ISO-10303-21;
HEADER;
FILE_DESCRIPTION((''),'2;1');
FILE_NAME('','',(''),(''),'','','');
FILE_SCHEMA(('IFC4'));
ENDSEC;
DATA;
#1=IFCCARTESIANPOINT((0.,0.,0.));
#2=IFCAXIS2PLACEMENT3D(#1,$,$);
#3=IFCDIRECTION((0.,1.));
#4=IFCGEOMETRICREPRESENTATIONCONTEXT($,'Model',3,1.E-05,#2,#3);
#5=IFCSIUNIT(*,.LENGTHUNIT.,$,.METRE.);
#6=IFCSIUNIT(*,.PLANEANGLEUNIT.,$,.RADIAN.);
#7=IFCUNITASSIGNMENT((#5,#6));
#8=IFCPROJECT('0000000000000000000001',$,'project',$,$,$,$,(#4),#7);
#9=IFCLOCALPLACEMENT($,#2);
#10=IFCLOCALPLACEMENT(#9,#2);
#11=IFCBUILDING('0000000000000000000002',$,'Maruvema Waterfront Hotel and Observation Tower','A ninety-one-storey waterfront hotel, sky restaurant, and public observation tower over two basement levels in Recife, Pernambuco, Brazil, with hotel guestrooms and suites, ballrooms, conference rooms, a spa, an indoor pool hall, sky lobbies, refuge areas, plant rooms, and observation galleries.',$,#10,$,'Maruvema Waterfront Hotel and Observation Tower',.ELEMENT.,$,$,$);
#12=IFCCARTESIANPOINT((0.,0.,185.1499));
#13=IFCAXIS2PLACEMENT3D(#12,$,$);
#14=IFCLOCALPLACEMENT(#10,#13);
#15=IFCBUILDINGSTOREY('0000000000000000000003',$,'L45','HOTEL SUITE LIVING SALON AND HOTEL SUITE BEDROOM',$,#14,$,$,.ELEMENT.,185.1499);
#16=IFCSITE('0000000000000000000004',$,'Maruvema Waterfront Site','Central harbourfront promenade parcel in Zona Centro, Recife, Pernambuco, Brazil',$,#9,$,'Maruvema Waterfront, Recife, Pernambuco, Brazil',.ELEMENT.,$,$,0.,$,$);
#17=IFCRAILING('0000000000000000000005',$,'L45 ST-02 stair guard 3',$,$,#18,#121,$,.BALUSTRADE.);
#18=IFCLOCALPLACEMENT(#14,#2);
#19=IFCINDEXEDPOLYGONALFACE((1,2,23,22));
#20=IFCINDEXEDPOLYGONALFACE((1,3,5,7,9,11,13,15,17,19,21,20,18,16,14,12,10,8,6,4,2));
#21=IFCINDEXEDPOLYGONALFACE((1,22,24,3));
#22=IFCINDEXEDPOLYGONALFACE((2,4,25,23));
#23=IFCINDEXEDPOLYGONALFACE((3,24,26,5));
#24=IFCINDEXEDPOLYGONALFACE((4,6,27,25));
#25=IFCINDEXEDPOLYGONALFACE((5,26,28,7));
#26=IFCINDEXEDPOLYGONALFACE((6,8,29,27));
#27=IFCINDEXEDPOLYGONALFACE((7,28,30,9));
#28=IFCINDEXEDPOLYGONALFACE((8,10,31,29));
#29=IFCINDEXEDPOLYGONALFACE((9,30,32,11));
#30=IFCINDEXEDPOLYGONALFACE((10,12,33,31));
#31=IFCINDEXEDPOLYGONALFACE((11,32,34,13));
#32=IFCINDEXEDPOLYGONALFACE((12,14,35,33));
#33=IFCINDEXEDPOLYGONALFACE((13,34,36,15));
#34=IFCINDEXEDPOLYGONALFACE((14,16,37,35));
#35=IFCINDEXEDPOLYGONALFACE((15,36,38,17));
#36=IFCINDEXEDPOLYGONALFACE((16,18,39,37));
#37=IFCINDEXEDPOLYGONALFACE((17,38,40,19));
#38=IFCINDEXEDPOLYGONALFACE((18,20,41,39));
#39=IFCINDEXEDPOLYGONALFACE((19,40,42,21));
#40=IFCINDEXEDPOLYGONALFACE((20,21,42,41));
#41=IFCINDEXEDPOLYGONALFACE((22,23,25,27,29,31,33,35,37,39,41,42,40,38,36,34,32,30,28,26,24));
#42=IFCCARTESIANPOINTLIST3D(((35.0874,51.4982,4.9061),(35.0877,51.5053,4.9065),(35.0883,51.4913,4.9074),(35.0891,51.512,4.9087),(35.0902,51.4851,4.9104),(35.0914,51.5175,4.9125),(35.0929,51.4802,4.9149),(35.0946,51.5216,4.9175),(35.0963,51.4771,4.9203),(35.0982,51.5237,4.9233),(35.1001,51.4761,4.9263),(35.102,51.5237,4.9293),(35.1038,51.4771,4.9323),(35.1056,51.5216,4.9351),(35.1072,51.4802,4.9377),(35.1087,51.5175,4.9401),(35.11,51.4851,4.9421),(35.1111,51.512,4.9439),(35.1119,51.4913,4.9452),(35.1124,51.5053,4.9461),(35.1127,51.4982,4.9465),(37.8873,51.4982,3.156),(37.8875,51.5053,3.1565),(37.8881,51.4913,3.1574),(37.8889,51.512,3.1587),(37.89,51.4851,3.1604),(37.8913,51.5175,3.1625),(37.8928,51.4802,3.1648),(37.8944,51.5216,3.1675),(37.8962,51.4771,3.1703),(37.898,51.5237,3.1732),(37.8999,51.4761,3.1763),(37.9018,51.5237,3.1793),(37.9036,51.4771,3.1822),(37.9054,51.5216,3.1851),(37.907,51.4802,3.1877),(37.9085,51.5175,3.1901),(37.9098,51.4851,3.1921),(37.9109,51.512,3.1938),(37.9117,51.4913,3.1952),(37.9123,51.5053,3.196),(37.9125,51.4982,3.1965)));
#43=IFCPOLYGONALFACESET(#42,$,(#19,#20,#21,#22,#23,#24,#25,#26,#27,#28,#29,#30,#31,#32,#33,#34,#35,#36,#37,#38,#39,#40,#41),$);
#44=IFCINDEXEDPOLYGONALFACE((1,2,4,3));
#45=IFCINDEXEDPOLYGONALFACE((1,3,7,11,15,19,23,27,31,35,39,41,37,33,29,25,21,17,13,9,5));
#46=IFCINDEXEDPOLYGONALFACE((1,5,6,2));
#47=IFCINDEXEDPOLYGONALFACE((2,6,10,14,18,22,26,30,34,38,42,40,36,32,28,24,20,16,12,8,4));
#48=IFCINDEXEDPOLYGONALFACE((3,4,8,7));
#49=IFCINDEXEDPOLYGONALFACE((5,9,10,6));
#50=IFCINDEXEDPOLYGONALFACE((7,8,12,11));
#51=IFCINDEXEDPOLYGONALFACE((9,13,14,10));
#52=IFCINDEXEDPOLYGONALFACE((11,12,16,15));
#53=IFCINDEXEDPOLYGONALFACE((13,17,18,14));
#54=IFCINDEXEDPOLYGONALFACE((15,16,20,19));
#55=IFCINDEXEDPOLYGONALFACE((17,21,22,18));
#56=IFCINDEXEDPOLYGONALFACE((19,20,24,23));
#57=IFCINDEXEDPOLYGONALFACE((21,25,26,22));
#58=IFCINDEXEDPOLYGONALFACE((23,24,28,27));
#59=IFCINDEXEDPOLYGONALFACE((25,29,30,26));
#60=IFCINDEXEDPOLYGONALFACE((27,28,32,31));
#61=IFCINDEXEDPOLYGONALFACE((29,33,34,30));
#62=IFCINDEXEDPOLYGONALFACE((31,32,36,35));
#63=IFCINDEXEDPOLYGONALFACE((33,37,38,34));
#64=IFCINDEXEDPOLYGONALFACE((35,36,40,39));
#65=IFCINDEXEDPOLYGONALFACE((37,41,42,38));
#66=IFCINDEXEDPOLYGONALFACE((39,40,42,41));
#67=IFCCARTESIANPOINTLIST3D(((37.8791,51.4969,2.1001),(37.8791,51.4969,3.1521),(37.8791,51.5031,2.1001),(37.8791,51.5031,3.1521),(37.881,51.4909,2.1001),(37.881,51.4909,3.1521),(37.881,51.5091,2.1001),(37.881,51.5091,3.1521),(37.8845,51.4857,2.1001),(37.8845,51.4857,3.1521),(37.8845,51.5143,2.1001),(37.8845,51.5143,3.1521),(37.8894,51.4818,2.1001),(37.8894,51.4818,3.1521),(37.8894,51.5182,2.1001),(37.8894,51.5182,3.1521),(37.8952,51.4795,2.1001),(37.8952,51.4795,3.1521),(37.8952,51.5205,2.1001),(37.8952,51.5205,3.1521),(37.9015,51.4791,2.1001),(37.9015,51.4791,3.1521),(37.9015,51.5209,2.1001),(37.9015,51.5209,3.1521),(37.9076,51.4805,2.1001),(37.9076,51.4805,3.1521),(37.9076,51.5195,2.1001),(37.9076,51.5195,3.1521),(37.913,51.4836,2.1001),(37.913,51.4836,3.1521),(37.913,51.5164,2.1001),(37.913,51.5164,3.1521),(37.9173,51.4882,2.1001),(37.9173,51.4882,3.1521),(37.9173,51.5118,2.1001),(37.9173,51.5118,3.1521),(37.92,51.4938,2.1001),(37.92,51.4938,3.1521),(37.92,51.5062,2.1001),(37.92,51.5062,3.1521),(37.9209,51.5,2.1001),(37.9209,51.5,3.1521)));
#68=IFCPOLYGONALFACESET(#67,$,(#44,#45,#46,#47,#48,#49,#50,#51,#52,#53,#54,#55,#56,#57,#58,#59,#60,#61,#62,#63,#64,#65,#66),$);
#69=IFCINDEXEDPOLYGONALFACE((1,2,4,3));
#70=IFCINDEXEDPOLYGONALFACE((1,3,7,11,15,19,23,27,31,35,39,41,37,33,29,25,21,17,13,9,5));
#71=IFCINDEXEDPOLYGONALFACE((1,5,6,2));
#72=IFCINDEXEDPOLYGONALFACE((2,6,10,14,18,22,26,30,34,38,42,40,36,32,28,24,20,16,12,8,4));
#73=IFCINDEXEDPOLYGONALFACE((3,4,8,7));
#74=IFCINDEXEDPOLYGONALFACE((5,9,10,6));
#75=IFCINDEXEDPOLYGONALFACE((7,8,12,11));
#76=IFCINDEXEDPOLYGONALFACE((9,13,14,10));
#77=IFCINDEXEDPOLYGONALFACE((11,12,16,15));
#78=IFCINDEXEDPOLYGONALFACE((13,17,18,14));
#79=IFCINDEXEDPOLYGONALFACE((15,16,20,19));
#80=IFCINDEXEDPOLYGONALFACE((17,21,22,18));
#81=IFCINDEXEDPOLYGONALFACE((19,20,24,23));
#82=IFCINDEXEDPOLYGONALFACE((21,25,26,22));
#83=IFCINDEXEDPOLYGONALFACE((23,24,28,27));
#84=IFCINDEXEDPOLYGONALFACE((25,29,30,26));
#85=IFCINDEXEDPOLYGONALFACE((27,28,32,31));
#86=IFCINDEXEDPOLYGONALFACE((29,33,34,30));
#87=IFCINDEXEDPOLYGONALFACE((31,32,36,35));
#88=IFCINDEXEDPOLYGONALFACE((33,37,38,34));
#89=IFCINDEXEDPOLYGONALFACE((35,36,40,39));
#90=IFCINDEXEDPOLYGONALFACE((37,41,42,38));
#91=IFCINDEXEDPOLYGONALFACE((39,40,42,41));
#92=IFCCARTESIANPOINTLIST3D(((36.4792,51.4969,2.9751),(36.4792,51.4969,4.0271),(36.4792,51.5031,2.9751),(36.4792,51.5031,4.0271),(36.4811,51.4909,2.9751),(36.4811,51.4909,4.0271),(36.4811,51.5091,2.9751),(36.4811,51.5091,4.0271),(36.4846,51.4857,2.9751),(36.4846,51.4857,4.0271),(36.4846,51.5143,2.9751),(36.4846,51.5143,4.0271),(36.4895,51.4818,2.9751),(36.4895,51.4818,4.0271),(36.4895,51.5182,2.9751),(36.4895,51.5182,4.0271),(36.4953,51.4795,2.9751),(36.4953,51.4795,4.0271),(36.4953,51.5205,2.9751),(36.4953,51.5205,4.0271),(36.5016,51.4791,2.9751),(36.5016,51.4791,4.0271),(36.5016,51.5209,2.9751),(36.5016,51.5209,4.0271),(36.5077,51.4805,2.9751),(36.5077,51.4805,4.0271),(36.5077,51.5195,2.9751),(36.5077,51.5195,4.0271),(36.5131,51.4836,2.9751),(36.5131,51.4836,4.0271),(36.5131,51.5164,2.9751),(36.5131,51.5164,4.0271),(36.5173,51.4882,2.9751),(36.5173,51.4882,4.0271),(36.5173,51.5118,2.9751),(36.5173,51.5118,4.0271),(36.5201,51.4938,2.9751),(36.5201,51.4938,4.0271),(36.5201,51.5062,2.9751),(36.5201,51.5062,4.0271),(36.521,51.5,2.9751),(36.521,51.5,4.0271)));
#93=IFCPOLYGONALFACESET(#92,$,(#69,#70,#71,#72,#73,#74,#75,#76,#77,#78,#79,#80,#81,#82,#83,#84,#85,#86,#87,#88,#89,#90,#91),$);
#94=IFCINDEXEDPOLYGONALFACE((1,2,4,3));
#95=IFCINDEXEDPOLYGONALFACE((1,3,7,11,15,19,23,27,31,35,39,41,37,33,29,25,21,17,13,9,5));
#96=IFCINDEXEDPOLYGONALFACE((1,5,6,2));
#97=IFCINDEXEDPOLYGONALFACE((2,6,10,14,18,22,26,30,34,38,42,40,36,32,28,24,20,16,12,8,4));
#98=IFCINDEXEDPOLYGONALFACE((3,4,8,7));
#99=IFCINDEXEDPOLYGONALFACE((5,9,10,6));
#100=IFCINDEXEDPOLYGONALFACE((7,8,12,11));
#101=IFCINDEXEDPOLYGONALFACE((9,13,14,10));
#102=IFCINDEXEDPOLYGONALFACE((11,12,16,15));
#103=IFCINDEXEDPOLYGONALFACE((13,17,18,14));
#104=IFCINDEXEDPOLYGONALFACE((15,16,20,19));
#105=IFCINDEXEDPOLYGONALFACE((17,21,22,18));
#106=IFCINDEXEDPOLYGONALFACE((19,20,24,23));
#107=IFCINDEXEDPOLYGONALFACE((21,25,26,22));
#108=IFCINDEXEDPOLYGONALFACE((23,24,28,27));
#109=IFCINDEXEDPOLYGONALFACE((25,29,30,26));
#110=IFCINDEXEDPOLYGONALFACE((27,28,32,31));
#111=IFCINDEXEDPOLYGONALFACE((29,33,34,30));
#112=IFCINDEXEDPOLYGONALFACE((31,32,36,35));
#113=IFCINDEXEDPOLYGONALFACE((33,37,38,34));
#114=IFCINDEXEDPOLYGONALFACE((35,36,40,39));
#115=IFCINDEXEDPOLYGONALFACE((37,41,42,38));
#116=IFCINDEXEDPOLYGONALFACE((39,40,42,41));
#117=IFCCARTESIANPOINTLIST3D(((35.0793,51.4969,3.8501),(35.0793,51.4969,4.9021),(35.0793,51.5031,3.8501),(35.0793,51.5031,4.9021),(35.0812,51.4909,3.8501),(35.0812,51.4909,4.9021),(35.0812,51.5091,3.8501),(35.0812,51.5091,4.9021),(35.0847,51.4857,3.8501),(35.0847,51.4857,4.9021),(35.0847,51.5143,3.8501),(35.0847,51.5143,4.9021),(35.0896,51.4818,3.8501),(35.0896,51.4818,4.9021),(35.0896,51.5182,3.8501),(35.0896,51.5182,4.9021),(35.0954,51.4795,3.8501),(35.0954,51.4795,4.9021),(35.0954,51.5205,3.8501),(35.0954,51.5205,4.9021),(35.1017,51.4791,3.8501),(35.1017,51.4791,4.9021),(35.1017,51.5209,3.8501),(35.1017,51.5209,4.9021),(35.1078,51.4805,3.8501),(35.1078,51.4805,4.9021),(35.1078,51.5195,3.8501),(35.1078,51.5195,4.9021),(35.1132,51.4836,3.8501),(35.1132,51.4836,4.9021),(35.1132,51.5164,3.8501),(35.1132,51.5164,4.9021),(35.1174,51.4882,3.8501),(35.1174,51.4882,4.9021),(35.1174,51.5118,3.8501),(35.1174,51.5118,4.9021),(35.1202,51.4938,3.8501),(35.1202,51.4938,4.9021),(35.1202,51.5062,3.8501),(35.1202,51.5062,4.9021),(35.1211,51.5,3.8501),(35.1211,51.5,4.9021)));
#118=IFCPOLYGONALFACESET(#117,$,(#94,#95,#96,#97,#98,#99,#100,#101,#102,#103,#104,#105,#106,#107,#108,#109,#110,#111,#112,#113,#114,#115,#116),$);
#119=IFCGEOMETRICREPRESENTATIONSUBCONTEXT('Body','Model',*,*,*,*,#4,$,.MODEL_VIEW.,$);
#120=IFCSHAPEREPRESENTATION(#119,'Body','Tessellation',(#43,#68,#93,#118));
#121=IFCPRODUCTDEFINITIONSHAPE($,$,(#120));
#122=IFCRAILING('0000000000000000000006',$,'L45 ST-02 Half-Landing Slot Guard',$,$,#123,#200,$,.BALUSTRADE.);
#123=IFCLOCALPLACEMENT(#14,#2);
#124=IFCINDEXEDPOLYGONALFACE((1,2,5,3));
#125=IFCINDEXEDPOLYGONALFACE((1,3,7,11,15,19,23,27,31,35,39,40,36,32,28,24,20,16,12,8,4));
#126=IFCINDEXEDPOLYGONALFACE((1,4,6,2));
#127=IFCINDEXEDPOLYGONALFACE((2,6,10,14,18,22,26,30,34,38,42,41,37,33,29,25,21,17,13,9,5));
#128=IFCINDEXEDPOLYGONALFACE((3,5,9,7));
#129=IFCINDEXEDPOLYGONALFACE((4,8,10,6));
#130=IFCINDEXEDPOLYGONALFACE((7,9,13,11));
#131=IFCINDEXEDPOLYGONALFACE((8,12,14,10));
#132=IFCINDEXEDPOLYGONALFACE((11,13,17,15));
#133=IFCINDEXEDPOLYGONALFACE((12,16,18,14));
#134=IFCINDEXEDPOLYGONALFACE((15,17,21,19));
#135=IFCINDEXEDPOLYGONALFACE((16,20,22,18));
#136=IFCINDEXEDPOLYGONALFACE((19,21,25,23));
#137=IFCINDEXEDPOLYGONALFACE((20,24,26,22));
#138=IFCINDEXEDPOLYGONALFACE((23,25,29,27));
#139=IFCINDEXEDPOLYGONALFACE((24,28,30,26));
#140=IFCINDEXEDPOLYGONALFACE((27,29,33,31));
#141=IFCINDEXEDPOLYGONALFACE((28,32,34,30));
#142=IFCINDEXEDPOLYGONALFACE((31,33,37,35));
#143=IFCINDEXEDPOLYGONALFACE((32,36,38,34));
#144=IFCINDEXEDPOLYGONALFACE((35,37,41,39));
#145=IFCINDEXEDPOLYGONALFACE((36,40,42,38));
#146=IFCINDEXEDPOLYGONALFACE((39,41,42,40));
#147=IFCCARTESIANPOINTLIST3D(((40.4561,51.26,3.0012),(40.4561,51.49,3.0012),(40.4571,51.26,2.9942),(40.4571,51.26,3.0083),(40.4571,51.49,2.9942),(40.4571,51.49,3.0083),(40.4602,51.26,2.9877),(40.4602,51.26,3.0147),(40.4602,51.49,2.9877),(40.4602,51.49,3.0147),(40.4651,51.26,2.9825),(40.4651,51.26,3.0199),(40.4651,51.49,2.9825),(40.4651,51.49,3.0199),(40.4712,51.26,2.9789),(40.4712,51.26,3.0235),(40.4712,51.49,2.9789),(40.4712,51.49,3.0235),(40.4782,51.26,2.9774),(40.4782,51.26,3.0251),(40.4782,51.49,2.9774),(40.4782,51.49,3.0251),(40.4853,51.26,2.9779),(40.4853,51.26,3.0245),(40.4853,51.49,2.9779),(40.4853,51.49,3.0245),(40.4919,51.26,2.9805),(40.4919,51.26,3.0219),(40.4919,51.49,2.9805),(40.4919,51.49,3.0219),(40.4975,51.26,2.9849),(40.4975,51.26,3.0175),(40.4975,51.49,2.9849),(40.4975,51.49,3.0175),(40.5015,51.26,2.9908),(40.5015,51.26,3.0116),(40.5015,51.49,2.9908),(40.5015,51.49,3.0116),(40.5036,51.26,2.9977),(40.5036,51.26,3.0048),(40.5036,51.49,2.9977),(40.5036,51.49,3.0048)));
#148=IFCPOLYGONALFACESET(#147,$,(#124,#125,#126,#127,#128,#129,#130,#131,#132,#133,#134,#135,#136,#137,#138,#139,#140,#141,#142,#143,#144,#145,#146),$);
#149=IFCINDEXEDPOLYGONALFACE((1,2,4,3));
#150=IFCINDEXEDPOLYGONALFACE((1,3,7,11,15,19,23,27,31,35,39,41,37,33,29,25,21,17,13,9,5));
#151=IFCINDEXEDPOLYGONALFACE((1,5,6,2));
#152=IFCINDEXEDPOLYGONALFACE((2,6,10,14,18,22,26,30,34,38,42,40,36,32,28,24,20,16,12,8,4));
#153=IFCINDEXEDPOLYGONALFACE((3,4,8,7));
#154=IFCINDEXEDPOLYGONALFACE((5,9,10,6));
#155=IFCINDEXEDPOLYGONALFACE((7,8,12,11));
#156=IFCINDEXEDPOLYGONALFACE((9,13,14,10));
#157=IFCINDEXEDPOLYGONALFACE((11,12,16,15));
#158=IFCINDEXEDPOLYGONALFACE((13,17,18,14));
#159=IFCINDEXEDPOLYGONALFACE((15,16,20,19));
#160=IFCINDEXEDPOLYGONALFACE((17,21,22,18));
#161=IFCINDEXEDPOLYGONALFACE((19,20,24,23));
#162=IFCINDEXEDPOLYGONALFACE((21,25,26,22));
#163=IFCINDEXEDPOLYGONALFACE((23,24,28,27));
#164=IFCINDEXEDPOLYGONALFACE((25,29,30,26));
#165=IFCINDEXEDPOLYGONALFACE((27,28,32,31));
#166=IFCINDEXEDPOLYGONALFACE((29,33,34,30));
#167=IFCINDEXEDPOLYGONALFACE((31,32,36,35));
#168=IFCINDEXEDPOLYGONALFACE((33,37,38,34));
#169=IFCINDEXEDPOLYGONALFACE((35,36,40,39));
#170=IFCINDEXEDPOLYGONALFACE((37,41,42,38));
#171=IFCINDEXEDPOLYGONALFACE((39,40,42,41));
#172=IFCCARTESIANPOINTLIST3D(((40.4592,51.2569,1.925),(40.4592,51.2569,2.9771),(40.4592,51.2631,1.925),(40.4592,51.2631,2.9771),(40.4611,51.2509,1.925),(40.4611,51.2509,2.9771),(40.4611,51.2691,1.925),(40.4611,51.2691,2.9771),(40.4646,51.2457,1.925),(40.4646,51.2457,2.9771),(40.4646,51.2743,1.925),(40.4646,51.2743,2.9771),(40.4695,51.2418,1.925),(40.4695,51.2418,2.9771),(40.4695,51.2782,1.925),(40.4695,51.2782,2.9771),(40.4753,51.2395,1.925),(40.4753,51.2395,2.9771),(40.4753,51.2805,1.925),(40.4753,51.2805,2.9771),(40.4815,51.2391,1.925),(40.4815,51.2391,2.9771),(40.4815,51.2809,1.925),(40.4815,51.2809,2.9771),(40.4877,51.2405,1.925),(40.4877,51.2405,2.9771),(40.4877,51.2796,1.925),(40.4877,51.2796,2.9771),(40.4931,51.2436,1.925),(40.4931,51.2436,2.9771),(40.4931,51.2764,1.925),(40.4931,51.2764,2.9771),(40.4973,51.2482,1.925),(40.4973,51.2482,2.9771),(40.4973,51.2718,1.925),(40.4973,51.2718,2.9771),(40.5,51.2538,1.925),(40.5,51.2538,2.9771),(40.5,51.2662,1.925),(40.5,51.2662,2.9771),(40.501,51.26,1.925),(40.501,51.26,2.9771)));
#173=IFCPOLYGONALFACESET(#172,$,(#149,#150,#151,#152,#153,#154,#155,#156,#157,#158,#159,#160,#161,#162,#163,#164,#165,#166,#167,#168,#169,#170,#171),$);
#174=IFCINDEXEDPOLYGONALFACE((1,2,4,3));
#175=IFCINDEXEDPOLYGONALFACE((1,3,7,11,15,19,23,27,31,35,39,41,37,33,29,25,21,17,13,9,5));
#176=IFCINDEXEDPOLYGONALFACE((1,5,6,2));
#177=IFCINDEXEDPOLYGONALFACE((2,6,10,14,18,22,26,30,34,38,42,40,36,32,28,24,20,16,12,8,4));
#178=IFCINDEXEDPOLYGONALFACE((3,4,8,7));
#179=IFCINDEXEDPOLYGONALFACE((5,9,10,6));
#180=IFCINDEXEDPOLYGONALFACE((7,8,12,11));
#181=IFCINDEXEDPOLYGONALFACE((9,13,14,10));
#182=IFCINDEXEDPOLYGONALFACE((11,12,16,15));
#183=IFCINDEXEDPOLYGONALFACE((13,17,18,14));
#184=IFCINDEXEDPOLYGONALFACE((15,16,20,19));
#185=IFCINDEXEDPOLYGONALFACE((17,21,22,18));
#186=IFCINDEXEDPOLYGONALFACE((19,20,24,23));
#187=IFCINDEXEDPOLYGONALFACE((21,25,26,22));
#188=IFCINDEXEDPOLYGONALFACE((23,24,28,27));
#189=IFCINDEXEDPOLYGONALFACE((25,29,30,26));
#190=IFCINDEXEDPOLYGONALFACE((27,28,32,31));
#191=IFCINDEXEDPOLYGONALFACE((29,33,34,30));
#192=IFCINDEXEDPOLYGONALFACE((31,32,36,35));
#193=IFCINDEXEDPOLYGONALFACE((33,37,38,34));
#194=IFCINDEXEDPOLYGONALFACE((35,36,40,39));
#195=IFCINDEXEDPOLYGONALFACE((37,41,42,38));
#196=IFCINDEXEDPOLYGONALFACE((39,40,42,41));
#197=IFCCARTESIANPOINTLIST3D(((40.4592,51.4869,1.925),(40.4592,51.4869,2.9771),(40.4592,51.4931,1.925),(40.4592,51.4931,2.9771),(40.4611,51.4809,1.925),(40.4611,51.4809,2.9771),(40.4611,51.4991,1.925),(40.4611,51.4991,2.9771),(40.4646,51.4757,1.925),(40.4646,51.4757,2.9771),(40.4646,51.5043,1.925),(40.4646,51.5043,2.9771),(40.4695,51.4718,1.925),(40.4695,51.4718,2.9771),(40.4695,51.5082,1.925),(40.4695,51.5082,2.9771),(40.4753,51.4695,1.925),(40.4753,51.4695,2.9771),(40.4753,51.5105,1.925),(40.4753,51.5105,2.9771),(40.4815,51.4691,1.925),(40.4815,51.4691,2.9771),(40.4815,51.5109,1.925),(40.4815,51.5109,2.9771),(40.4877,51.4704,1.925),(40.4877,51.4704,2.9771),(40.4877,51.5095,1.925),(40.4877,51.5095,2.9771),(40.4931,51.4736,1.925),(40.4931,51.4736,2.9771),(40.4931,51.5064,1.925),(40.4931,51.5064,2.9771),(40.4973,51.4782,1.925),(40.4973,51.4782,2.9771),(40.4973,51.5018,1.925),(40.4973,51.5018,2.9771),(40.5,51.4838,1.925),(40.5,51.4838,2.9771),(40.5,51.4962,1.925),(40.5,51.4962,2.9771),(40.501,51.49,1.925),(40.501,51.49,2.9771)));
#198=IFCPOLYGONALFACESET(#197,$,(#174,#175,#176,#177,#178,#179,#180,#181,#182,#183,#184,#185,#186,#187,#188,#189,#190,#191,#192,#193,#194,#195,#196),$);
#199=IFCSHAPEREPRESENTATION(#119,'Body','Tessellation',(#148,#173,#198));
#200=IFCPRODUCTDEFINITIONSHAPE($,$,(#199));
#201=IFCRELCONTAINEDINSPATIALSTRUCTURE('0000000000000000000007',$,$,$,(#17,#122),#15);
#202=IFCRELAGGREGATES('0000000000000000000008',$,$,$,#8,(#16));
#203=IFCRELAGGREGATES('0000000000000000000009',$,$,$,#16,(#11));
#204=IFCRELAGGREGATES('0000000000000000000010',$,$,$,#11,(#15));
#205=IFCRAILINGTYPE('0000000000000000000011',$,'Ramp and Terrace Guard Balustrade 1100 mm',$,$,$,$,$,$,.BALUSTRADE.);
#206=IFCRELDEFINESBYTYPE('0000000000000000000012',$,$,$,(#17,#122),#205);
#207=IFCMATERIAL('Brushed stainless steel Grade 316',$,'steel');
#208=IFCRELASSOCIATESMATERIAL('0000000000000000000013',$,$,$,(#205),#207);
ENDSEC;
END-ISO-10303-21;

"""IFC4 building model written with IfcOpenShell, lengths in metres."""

from ifc_helpers import new_model, si_unit, direction, frame, origin, origin_2d, place, context, subcontext, project, spatial, circle, extrude, material, type_object, element, save


model = new_model("IFC4")

# Units and contexts
model_context = context("Model", 3, precision=1e-05, world=origin(), true_north=direction((0.0, 1.0)))
body_context = subcontext(model_context, "Body", "Model", "MODEL_VIEW")
ifc_project = project(units=[si_unit("LENGTHUNIT", "METRE"), si_unit("PLANEANGLEUNIT", "RADIAN")], contexts=[model_context])

# Site, building, storey
site_placement = place(None, origin())
site = spatial("IfcSite", under=ifc_project, at=site_placement, Name="Maruvema Waterfront Site", Description="Central harbourfront promenade parcel in Zona Centro, Recife, Pernambuco, Brazil", LongName="Maruvema Waterfront, Recife, Pernambuco, Brazil", CompositionType="ELEMENT", RefElevation=0.0)
building_placement = place(site_placement, origin())
building = spatial("IfcBuilding", under=site, at=building_placement, Name="Maruvema Waterfront Hotel and Observation Tower", Description="A ninety-one-storey waterfront hotel, sky restaurant, and public observation tower over two basement levels in Recife, Pernambuco, Brazil, with hotel guestrooms and suites, ballrooms, conference rooms, a spa, an indoor pool hall, sky lobbies, refuge areas, plant rooms, and observation galleries.", LongName="Maruvema Waterfront Hotel and Observation Tower", CompositionType="ELEMENT")
storey_placement = place(building_placement, frame((0.0, 0.0, 185.1499)))
storey = spatial("IfcBuildingStorey", under=building, at=storey_placement, Name="L45", Description="HOTEL SUITE LIVING SALON AND HOTEL SUITE BEDROOM", CompositionType="ELEMENT", Elevation=185.1499)

# Railings
ifc_material_1 = material(Name="Brushed stainless steel Grade 316", Category="steel")
railing_type_1 = type_object("IfcRailingType", Name="Ramp and Terrace Guard Balustrade 1100 mm", PredefinedType="BALUSTRADE", material=ifc_material_1)
railing_1_placement = place(storey_placement, frame((37.8999, 51.5, 2.1001)))
element("IfcRailing", 1, at=railing_1_placement, inside=storey, type_object=railing_type_1, Name="L45 ST-02 stair guard 3", PredefinedType="BALUSTRADE", context=body_context, shape_type="SweptSolid", body=[
    extrude(circle(Radius=0.0239, at=origin_2d()), frame((0.0, 0.0, 1.0762), z_axis=(-0.847982, 0.0, 0.530026), x_axis=(0.0, -1.0, 0.0)), (0.0, 0.0, 1.0), 3.3018),
    extrude(circle(Radius=0.021, at=origin_2d()), origin(), (0.0, 0.0, 1.0), 1.052),
    extrude(circle(Radius=0.021, at=origin_2d()), frame((-1.3999, 0.0, 0.875)), (0.0, 0.0, 1.0), 1.052),
    extrude(circle(Radius=0.021, at=origin_2d()), frame((-2.7998, 0.0, 1.75)), (0.0, 0.0, 1.0), 1.052),
])
railing_2_placement = place(storey_placement, frame((40.48, 51.26, 1.925)))
element("IfcRailing", 2, at=railing_2_placement, inside=storey, type_object=railing_type_1, Name="L45 ST-02 Half-Landing Slot Guard", PredefinedType="BALUSTRADE", context=body_context, shape_type="SweptSolid", body=[
    extrude(circle(Radius=0.0239, at=origin_2d()), frame((0.0, 0.0, 1.0762), z_axis=(0.0, 1.0, 0.0), x_axis=(-1.0, 0.0, 0.0)), (0.0, 0.0, 1.0), 0.23),
    extrude(circle(Radius=0.021, at=origin_2d()), origin(), (0.0, 0.0, 1.0), 1.052),
    extrude(circle(Radius=0.021, at=origin_2d()), frame((0.0, 0.23, 0.0)), (0.0, 0.0, 1.0), 1.052),
])

save(model, "model.ifc")
